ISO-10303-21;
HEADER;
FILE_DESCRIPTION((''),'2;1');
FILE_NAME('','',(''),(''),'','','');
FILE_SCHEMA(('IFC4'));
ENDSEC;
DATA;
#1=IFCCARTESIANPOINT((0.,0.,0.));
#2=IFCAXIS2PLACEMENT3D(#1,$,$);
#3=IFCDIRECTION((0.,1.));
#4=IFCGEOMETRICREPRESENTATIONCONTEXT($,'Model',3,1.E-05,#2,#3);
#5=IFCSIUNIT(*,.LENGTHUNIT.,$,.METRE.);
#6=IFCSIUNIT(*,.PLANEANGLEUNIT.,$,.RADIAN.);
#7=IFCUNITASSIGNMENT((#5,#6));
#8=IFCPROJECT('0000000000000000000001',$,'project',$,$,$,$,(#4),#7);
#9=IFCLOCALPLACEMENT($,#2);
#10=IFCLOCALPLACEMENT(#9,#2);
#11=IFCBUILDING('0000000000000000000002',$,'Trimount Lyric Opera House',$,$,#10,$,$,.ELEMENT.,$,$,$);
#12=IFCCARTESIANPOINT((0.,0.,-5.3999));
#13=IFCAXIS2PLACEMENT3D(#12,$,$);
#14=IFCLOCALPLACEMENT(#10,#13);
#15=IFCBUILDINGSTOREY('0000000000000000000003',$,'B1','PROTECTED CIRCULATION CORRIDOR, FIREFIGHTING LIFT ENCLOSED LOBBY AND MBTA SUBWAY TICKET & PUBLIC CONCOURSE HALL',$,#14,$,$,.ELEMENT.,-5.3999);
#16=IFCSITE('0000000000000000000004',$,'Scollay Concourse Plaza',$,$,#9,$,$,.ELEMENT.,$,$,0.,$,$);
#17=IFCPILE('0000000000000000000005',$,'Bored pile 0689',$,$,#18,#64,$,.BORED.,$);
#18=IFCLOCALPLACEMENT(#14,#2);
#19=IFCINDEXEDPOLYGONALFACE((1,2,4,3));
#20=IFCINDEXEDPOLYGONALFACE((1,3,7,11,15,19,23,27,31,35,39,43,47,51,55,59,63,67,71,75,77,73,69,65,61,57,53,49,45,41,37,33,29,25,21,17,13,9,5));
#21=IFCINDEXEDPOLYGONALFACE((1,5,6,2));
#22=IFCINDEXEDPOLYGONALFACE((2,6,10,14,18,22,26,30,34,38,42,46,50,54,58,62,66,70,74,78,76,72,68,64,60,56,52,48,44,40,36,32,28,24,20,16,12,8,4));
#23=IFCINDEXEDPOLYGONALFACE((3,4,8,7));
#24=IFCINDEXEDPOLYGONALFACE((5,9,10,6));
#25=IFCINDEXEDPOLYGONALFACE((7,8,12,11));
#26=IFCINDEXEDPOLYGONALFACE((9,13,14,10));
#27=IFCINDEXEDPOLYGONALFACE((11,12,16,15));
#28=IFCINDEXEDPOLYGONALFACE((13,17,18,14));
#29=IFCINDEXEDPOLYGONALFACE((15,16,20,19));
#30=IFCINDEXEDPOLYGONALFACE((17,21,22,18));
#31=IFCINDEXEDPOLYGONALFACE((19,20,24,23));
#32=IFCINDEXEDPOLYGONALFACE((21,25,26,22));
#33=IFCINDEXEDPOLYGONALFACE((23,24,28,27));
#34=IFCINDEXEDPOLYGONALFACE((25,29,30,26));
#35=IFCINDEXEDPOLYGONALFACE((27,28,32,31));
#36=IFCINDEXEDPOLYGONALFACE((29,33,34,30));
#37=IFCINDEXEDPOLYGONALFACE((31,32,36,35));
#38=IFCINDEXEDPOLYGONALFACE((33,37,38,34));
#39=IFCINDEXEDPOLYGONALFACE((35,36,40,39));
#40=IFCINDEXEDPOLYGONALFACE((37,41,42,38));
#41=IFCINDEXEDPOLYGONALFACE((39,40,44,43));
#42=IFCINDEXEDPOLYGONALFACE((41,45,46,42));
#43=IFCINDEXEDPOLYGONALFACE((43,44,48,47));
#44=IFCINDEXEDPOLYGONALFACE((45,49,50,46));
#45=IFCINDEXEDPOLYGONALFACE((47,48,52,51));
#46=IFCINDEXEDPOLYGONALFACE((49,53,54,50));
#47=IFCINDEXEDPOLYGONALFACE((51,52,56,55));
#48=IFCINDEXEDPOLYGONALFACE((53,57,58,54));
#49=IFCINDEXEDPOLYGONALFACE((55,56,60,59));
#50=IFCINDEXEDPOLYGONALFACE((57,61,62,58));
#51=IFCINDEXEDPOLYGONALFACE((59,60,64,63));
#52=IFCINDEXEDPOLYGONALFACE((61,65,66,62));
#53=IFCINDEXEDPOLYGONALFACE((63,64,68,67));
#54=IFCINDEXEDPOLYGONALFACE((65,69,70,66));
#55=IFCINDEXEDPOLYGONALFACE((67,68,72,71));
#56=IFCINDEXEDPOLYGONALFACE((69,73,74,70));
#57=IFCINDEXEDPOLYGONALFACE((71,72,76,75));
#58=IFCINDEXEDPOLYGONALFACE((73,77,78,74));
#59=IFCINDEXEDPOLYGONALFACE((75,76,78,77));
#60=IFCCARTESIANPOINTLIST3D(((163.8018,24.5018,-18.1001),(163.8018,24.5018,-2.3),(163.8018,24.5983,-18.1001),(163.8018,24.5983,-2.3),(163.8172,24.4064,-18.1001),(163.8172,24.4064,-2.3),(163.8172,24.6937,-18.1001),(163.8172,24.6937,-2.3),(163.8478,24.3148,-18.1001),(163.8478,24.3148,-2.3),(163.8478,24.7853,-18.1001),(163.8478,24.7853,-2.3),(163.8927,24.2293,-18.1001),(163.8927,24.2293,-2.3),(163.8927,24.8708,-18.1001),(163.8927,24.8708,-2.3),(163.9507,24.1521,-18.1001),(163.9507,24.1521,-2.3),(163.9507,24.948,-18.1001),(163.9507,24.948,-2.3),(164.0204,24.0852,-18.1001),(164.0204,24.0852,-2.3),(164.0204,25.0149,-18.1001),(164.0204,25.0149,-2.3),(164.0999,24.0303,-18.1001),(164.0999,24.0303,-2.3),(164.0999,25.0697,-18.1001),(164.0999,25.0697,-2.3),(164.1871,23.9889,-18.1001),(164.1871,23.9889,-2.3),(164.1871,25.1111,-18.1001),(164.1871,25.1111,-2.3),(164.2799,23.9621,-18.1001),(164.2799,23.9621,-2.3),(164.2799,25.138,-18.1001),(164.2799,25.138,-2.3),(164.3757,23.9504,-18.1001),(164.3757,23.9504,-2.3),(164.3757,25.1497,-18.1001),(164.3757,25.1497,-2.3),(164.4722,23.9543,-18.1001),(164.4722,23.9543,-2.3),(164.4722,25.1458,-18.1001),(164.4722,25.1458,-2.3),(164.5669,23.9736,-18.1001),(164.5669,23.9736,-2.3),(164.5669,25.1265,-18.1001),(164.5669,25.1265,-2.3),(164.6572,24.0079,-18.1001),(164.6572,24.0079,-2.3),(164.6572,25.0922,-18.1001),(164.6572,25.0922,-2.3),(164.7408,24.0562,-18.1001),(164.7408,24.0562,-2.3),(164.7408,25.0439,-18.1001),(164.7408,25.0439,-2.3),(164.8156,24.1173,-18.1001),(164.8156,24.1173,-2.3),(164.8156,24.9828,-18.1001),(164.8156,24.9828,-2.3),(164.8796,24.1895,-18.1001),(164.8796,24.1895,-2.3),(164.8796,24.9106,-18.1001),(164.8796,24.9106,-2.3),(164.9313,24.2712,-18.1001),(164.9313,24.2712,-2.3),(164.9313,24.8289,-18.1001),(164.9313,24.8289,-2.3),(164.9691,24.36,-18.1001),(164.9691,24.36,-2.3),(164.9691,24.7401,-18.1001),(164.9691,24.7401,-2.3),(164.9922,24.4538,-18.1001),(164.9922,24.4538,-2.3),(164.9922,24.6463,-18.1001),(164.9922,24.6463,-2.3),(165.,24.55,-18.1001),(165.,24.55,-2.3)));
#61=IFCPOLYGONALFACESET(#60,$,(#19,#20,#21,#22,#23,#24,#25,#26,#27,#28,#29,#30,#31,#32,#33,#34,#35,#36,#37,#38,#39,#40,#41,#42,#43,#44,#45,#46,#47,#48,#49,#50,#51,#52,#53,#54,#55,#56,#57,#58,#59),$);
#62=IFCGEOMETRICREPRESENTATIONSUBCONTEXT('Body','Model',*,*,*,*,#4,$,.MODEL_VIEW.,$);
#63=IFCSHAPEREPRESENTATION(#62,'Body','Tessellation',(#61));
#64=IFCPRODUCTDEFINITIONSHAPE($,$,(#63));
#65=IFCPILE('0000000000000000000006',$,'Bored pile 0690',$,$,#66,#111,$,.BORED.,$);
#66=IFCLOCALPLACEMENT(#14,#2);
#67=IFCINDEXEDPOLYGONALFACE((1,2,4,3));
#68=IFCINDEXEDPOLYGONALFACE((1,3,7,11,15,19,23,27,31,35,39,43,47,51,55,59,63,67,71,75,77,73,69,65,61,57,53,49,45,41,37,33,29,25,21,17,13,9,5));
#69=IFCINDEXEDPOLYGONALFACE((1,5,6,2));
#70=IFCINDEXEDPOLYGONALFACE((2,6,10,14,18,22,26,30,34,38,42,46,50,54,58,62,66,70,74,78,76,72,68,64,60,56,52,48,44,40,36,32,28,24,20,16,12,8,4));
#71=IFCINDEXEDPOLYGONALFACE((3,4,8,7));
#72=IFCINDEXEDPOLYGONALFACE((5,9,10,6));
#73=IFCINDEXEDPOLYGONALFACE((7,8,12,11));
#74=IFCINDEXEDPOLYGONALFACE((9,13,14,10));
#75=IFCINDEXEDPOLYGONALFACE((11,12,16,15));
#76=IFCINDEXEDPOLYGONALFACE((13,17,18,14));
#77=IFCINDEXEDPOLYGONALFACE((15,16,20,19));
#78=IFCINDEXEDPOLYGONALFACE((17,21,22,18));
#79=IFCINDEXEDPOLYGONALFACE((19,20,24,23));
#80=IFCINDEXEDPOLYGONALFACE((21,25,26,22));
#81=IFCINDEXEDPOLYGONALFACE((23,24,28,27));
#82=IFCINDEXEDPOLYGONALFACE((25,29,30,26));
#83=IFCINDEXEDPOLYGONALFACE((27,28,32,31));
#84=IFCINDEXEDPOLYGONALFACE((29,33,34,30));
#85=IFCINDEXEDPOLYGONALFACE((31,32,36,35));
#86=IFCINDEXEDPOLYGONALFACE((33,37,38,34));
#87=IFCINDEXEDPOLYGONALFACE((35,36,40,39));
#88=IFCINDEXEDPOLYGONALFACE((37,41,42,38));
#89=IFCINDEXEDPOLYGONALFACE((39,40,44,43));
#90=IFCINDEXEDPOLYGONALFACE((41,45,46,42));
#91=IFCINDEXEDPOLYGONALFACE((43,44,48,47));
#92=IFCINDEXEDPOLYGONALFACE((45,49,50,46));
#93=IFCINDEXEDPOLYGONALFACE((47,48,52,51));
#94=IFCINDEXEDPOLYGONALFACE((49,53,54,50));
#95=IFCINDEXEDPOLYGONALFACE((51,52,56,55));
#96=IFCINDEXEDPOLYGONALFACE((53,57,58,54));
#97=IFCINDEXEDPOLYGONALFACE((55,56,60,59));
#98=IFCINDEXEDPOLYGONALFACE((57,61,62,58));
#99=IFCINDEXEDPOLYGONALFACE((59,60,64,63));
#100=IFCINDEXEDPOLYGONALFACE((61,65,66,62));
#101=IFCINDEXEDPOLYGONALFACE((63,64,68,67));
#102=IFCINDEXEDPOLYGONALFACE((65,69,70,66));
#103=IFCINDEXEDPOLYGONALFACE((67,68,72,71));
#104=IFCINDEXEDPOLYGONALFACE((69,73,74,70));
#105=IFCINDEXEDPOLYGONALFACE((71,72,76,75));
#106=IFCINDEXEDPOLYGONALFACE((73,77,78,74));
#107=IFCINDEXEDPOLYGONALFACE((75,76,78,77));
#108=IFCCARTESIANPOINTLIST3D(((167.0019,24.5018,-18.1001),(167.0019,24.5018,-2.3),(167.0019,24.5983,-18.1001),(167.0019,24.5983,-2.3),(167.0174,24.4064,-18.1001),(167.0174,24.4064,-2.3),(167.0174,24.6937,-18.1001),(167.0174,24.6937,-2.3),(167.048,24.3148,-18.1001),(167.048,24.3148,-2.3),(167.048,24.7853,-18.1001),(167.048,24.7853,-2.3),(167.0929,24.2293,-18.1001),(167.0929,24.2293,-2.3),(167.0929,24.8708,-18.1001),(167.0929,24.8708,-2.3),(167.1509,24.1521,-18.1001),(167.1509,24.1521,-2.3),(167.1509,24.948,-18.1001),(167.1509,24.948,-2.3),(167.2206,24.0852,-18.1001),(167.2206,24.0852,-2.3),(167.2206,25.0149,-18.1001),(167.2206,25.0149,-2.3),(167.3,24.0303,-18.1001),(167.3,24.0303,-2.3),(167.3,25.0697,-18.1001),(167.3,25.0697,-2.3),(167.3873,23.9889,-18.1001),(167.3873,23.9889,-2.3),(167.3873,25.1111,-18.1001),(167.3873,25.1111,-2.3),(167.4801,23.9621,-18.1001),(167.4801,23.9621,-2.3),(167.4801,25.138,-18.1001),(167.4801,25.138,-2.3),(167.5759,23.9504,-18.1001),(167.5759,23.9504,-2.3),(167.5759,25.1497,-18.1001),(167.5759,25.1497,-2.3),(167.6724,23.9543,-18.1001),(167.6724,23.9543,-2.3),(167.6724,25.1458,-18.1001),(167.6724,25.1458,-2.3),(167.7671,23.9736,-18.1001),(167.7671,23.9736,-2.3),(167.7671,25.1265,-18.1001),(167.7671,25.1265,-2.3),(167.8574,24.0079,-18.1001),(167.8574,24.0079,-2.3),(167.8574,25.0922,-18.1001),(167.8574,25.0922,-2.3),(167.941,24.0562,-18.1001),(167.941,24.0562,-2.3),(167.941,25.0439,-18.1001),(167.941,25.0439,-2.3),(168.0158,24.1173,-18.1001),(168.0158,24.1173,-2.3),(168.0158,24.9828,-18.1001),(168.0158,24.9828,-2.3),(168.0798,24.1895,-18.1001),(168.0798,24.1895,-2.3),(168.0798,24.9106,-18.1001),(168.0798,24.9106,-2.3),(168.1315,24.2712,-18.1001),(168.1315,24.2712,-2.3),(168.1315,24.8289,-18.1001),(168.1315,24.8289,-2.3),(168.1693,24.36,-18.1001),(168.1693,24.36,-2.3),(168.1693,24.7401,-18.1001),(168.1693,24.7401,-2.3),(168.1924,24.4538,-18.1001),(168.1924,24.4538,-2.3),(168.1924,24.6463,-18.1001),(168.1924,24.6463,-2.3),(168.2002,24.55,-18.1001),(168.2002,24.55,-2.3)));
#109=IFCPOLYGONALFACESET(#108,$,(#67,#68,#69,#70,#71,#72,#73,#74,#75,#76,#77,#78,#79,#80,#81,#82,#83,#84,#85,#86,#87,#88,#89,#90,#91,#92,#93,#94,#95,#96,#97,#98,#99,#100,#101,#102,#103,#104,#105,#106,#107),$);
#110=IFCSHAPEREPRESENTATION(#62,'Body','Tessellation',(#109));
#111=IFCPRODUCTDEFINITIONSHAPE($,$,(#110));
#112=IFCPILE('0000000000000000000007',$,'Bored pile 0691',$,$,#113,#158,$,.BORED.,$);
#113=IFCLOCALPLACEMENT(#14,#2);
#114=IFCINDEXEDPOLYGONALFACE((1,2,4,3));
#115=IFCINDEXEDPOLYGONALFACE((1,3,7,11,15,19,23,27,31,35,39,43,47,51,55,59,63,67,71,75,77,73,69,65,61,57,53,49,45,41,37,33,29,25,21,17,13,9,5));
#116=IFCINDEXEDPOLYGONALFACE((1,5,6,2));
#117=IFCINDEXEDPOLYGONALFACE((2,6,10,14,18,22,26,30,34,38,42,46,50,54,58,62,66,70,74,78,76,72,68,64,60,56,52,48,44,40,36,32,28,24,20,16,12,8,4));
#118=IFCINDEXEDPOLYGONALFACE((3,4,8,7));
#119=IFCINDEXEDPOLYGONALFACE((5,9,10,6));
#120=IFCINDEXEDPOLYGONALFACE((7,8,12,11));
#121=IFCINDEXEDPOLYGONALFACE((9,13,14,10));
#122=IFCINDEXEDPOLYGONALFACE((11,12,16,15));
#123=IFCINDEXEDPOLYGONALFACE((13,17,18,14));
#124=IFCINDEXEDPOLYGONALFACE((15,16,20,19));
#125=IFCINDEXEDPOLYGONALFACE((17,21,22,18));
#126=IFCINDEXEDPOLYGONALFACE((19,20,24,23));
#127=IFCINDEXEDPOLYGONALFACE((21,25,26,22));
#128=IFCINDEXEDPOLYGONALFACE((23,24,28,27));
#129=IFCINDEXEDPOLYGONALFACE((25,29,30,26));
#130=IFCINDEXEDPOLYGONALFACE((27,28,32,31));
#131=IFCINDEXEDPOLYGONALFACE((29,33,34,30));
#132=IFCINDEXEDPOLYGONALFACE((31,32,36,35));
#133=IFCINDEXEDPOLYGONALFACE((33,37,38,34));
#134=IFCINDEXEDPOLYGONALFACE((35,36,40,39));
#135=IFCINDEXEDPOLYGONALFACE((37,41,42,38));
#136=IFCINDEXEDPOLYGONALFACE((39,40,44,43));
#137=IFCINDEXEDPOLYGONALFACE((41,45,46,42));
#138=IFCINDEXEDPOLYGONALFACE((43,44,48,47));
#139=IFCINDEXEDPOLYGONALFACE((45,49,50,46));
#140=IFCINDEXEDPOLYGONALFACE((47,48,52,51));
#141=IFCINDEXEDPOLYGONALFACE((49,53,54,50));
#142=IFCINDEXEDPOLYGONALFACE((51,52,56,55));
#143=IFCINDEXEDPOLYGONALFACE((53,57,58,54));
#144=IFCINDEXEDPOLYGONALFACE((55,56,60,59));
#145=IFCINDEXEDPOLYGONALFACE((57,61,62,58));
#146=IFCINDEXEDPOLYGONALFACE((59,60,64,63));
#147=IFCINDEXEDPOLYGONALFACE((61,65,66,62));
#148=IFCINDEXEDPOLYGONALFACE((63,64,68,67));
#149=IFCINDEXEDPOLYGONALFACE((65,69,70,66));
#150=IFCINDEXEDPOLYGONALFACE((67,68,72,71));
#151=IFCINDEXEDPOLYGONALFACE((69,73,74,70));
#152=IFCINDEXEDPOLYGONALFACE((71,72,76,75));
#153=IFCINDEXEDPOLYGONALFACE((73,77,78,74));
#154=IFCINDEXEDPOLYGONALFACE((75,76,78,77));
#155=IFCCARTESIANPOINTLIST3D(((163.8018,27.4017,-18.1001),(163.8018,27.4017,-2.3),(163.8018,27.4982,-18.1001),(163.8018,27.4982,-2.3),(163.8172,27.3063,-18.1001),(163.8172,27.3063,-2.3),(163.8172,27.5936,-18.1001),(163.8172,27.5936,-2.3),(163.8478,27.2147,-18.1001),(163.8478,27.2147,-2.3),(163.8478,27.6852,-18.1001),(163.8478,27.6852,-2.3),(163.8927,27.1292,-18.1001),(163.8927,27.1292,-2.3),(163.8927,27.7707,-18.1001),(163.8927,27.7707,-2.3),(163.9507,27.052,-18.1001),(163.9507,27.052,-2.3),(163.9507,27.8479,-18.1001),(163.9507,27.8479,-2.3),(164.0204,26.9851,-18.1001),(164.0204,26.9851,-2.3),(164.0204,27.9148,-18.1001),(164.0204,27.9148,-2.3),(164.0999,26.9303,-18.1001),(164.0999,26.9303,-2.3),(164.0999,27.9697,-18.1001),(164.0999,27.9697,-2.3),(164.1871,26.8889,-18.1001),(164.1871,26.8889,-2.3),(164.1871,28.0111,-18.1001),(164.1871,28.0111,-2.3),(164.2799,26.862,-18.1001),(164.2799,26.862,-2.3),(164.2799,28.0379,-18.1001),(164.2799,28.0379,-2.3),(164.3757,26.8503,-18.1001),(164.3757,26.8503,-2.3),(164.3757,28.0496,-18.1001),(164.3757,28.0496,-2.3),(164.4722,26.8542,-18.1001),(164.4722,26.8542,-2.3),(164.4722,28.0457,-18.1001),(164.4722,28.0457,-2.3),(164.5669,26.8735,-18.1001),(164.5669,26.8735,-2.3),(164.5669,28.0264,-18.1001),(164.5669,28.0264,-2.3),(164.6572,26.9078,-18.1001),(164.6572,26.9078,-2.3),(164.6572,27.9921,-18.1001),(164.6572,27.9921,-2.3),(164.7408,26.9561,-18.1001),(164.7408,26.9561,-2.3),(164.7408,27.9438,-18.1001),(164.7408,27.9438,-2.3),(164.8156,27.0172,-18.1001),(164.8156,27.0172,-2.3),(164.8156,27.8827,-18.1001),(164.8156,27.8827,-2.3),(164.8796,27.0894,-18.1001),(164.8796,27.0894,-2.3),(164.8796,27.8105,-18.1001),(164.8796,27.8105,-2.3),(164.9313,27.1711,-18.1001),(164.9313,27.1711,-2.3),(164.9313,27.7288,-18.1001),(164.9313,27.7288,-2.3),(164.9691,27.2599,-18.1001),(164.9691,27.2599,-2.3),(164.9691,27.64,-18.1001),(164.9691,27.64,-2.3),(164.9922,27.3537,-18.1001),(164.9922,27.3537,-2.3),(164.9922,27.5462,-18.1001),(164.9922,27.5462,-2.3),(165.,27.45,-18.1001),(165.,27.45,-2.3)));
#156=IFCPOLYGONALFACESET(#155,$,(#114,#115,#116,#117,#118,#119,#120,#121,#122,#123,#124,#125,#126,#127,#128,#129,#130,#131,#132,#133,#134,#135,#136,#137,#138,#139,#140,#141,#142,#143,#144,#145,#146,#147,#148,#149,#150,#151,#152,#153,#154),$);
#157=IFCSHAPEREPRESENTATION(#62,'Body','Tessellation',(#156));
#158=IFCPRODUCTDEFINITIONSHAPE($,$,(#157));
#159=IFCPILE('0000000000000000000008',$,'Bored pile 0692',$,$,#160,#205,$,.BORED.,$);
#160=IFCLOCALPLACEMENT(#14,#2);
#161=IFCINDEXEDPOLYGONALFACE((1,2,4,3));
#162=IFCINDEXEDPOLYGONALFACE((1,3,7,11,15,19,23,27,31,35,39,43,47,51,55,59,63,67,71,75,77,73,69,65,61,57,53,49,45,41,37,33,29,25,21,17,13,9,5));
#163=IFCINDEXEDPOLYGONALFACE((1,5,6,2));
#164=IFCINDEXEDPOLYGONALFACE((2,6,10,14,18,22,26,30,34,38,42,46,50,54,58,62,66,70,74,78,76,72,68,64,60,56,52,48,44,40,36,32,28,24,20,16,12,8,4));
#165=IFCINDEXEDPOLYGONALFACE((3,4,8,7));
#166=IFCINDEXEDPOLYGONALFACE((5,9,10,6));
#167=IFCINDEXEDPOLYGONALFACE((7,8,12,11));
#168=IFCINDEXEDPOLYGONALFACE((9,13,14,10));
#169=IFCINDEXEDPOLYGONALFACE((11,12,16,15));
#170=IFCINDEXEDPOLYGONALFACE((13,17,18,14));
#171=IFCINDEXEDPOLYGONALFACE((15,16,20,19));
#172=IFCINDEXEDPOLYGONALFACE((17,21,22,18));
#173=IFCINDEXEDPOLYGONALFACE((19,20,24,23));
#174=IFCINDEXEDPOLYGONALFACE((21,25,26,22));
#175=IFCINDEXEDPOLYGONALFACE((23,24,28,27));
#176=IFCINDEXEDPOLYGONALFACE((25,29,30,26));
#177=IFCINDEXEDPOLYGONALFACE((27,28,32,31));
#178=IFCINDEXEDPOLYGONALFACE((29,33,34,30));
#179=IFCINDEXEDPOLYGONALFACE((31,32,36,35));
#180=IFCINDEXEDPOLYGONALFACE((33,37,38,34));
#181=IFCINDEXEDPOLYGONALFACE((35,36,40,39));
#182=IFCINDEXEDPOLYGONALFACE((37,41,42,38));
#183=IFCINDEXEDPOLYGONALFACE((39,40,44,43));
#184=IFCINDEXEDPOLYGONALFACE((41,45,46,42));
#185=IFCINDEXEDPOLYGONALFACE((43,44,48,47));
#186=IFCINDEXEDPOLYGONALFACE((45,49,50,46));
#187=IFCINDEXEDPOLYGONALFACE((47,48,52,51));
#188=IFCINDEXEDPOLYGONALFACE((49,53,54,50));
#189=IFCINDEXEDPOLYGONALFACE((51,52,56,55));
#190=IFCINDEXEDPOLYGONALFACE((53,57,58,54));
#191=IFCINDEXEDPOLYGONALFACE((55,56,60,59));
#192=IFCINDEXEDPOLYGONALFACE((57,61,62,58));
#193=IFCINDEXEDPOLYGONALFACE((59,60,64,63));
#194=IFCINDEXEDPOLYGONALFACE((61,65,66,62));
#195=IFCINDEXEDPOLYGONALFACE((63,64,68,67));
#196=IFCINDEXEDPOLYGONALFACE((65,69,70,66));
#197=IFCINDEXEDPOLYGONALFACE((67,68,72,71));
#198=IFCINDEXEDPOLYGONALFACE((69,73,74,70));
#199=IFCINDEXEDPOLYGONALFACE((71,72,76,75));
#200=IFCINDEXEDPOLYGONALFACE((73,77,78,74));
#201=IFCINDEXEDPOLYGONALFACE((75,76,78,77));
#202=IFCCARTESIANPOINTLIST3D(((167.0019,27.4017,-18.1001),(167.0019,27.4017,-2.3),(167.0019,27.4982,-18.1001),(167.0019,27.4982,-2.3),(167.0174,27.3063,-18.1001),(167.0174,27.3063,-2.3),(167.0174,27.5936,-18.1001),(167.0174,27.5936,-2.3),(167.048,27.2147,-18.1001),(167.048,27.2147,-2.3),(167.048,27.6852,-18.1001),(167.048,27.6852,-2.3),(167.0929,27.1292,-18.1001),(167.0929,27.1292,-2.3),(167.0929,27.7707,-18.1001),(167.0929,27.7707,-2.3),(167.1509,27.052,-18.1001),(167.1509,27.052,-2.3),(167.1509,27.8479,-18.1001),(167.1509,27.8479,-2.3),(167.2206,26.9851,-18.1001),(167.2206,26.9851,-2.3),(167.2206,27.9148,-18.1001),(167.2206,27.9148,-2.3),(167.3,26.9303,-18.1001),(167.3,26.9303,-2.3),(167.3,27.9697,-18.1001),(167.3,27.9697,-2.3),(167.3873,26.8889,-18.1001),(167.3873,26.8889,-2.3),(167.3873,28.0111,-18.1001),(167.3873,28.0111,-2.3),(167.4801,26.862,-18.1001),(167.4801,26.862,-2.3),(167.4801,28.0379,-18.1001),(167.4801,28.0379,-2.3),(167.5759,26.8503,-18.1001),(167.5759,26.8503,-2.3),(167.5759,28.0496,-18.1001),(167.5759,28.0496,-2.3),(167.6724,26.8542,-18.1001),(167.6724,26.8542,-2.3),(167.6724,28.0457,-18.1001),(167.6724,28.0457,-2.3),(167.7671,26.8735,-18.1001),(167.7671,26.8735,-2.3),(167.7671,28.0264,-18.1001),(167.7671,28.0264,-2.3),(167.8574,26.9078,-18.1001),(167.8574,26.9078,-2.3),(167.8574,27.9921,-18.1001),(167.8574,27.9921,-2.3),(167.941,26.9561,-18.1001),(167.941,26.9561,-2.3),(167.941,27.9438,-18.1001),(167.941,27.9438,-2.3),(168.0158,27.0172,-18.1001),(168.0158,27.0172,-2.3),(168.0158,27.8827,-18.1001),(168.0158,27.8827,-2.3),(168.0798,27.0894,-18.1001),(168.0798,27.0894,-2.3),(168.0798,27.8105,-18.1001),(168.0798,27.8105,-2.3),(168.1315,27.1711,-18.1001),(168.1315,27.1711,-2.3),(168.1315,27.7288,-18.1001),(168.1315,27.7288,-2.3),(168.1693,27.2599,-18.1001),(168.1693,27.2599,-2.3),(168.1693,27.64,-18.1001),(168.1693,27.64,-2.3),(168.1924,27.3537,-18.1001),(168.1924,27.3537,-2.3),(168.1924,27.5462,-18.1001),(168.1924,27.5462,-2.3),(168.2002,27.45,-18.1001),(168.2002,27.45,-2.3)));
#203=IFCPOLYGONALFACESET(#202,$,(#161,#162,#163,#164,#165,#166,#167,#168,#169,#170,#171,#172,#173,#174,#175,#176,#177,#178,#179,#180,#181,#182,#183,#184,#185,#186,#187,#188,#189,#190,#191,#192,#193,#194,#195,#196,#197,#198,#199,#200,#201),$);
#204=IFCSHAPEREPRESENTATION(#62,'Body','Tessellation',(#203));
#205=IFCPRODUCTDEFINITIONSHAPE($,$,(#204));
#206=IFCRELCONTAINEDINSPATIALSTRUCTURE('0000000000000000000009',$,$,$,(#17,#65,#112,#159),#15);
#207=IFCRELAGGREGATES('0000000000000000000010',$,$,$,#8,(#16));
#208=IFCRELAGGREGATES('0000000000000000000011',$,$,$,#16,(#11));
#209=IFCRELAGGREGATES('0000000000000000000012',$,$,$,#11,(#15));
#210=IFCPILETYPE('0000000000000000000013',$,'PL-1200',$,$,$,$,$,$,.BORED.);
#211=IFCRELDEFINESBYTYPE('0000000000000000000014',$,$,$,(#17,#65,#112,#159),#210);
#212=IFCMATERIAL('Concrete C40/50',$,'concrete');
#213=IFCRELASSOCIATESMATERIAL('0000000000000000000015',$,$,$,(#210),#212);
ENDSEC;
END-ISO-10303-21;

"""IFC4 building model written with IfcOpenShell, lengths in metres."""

from ifc_helpers import new_model, si_unit, direction, frame, origin, origin_2d, place, context, subcontext, project, spatial, circle, extrude, material, material_profile, profile_set, type_object, element, save


model = new_model("IFC4")

# Units and contexts
model_context = context("Model", 3, precision=1e-05, world=origin(), true_north=direction((0.0, 1.0)))
body_context = subcontext(model_context, "Body", "Model", "MODEL_VIEW")
ifc_project = project(units=[si_unit("LENGTHUNIT", "METRE"), si_unit("PLANEANGLEUNIT", "RADIAN")], contexts=[model_context])

# Site, building, storey
site_placement = place(None, origin())
site = spatial("IfcSite", under=ifc_project, at=site_placement, Name="Scollay Concourse Plaza", CompositionType="ELEMENT", RefElevation=0.0)
building_placement = place(site_placement, origin())
building = spatial("IfcBuilding", under=site, at=building_placement, Name="Trimount Lyric Opera House", CompositionType="ELEMENT")
storey_placement = place(building_placement, frame((0.0, 0.0, -5.3999)))
storey = spatial("IfcBuildingStorey", under=building, at=storey_placement, Name="B1", Description="PROTECTED CIRCULATION CORRIDOR, FIREFIGHTING LIFT ENCLOSED LOBBY AND MBTA SUBWAY TICKET & PUBLIC CONCOURSE HALL", CompositionType="ELEMENT", Elevation=-5.3999)

# Piles
ifc_material_1 = material(Name="Concrete C40/50", Category="concrete")
ifc_material_profile_1 = material_profile(ifc_material_1, circle(Radius=0.6001, at=origin_2d()), Name="PILE-D1200")
ifc_profile_set_1 = profile_set([ifc_material_profile_1], Name="Concrete C40/50")
pile_type_1 = type_object("IfcPileType", Name="PL-1200", PredefinedType="BORED", material=ifc_profile_set_1)
for number, where, z_axis, x_axis, name in (
    (1, (164.3999, 24.55, -2.3), (0.0, 0.0, -1.0), (1.0, 0.0, 0.0), "Bored pile 0689"),
    (2, (167.6001, 24.55, -2.3), (0.0, 0.0, -1.0), (1.0, 0.0, 0.0), "Bored pile 0690"),
    (3, (164.3999, 27.45, -2.3), (0.0, 0.0, -1.0), (1.0, 0.0, 0.0), "Bored pile 0691"),
    (4, (167.6001, 27.45, -2.3), (0.0, 0.0, -1.0), (1.0, 0.0, 0.0), "Bored pile 0692"),
):
    element("IfcPile", number, at=place(storey_placement, frame(where, z_axis=z_axis, x_axis=x_axis)), inside=storey, type_object=pile_type_1, Name=name, PredefinedType="BORED", context=body_context, shape_type="SweptSolid", body=[
        extrude(circle(Radius=0.6001, at=origin_2d()), origin(), (0.0, 0.0, 1.0), 15.8),
    ])

save(model, "model.ifc")
